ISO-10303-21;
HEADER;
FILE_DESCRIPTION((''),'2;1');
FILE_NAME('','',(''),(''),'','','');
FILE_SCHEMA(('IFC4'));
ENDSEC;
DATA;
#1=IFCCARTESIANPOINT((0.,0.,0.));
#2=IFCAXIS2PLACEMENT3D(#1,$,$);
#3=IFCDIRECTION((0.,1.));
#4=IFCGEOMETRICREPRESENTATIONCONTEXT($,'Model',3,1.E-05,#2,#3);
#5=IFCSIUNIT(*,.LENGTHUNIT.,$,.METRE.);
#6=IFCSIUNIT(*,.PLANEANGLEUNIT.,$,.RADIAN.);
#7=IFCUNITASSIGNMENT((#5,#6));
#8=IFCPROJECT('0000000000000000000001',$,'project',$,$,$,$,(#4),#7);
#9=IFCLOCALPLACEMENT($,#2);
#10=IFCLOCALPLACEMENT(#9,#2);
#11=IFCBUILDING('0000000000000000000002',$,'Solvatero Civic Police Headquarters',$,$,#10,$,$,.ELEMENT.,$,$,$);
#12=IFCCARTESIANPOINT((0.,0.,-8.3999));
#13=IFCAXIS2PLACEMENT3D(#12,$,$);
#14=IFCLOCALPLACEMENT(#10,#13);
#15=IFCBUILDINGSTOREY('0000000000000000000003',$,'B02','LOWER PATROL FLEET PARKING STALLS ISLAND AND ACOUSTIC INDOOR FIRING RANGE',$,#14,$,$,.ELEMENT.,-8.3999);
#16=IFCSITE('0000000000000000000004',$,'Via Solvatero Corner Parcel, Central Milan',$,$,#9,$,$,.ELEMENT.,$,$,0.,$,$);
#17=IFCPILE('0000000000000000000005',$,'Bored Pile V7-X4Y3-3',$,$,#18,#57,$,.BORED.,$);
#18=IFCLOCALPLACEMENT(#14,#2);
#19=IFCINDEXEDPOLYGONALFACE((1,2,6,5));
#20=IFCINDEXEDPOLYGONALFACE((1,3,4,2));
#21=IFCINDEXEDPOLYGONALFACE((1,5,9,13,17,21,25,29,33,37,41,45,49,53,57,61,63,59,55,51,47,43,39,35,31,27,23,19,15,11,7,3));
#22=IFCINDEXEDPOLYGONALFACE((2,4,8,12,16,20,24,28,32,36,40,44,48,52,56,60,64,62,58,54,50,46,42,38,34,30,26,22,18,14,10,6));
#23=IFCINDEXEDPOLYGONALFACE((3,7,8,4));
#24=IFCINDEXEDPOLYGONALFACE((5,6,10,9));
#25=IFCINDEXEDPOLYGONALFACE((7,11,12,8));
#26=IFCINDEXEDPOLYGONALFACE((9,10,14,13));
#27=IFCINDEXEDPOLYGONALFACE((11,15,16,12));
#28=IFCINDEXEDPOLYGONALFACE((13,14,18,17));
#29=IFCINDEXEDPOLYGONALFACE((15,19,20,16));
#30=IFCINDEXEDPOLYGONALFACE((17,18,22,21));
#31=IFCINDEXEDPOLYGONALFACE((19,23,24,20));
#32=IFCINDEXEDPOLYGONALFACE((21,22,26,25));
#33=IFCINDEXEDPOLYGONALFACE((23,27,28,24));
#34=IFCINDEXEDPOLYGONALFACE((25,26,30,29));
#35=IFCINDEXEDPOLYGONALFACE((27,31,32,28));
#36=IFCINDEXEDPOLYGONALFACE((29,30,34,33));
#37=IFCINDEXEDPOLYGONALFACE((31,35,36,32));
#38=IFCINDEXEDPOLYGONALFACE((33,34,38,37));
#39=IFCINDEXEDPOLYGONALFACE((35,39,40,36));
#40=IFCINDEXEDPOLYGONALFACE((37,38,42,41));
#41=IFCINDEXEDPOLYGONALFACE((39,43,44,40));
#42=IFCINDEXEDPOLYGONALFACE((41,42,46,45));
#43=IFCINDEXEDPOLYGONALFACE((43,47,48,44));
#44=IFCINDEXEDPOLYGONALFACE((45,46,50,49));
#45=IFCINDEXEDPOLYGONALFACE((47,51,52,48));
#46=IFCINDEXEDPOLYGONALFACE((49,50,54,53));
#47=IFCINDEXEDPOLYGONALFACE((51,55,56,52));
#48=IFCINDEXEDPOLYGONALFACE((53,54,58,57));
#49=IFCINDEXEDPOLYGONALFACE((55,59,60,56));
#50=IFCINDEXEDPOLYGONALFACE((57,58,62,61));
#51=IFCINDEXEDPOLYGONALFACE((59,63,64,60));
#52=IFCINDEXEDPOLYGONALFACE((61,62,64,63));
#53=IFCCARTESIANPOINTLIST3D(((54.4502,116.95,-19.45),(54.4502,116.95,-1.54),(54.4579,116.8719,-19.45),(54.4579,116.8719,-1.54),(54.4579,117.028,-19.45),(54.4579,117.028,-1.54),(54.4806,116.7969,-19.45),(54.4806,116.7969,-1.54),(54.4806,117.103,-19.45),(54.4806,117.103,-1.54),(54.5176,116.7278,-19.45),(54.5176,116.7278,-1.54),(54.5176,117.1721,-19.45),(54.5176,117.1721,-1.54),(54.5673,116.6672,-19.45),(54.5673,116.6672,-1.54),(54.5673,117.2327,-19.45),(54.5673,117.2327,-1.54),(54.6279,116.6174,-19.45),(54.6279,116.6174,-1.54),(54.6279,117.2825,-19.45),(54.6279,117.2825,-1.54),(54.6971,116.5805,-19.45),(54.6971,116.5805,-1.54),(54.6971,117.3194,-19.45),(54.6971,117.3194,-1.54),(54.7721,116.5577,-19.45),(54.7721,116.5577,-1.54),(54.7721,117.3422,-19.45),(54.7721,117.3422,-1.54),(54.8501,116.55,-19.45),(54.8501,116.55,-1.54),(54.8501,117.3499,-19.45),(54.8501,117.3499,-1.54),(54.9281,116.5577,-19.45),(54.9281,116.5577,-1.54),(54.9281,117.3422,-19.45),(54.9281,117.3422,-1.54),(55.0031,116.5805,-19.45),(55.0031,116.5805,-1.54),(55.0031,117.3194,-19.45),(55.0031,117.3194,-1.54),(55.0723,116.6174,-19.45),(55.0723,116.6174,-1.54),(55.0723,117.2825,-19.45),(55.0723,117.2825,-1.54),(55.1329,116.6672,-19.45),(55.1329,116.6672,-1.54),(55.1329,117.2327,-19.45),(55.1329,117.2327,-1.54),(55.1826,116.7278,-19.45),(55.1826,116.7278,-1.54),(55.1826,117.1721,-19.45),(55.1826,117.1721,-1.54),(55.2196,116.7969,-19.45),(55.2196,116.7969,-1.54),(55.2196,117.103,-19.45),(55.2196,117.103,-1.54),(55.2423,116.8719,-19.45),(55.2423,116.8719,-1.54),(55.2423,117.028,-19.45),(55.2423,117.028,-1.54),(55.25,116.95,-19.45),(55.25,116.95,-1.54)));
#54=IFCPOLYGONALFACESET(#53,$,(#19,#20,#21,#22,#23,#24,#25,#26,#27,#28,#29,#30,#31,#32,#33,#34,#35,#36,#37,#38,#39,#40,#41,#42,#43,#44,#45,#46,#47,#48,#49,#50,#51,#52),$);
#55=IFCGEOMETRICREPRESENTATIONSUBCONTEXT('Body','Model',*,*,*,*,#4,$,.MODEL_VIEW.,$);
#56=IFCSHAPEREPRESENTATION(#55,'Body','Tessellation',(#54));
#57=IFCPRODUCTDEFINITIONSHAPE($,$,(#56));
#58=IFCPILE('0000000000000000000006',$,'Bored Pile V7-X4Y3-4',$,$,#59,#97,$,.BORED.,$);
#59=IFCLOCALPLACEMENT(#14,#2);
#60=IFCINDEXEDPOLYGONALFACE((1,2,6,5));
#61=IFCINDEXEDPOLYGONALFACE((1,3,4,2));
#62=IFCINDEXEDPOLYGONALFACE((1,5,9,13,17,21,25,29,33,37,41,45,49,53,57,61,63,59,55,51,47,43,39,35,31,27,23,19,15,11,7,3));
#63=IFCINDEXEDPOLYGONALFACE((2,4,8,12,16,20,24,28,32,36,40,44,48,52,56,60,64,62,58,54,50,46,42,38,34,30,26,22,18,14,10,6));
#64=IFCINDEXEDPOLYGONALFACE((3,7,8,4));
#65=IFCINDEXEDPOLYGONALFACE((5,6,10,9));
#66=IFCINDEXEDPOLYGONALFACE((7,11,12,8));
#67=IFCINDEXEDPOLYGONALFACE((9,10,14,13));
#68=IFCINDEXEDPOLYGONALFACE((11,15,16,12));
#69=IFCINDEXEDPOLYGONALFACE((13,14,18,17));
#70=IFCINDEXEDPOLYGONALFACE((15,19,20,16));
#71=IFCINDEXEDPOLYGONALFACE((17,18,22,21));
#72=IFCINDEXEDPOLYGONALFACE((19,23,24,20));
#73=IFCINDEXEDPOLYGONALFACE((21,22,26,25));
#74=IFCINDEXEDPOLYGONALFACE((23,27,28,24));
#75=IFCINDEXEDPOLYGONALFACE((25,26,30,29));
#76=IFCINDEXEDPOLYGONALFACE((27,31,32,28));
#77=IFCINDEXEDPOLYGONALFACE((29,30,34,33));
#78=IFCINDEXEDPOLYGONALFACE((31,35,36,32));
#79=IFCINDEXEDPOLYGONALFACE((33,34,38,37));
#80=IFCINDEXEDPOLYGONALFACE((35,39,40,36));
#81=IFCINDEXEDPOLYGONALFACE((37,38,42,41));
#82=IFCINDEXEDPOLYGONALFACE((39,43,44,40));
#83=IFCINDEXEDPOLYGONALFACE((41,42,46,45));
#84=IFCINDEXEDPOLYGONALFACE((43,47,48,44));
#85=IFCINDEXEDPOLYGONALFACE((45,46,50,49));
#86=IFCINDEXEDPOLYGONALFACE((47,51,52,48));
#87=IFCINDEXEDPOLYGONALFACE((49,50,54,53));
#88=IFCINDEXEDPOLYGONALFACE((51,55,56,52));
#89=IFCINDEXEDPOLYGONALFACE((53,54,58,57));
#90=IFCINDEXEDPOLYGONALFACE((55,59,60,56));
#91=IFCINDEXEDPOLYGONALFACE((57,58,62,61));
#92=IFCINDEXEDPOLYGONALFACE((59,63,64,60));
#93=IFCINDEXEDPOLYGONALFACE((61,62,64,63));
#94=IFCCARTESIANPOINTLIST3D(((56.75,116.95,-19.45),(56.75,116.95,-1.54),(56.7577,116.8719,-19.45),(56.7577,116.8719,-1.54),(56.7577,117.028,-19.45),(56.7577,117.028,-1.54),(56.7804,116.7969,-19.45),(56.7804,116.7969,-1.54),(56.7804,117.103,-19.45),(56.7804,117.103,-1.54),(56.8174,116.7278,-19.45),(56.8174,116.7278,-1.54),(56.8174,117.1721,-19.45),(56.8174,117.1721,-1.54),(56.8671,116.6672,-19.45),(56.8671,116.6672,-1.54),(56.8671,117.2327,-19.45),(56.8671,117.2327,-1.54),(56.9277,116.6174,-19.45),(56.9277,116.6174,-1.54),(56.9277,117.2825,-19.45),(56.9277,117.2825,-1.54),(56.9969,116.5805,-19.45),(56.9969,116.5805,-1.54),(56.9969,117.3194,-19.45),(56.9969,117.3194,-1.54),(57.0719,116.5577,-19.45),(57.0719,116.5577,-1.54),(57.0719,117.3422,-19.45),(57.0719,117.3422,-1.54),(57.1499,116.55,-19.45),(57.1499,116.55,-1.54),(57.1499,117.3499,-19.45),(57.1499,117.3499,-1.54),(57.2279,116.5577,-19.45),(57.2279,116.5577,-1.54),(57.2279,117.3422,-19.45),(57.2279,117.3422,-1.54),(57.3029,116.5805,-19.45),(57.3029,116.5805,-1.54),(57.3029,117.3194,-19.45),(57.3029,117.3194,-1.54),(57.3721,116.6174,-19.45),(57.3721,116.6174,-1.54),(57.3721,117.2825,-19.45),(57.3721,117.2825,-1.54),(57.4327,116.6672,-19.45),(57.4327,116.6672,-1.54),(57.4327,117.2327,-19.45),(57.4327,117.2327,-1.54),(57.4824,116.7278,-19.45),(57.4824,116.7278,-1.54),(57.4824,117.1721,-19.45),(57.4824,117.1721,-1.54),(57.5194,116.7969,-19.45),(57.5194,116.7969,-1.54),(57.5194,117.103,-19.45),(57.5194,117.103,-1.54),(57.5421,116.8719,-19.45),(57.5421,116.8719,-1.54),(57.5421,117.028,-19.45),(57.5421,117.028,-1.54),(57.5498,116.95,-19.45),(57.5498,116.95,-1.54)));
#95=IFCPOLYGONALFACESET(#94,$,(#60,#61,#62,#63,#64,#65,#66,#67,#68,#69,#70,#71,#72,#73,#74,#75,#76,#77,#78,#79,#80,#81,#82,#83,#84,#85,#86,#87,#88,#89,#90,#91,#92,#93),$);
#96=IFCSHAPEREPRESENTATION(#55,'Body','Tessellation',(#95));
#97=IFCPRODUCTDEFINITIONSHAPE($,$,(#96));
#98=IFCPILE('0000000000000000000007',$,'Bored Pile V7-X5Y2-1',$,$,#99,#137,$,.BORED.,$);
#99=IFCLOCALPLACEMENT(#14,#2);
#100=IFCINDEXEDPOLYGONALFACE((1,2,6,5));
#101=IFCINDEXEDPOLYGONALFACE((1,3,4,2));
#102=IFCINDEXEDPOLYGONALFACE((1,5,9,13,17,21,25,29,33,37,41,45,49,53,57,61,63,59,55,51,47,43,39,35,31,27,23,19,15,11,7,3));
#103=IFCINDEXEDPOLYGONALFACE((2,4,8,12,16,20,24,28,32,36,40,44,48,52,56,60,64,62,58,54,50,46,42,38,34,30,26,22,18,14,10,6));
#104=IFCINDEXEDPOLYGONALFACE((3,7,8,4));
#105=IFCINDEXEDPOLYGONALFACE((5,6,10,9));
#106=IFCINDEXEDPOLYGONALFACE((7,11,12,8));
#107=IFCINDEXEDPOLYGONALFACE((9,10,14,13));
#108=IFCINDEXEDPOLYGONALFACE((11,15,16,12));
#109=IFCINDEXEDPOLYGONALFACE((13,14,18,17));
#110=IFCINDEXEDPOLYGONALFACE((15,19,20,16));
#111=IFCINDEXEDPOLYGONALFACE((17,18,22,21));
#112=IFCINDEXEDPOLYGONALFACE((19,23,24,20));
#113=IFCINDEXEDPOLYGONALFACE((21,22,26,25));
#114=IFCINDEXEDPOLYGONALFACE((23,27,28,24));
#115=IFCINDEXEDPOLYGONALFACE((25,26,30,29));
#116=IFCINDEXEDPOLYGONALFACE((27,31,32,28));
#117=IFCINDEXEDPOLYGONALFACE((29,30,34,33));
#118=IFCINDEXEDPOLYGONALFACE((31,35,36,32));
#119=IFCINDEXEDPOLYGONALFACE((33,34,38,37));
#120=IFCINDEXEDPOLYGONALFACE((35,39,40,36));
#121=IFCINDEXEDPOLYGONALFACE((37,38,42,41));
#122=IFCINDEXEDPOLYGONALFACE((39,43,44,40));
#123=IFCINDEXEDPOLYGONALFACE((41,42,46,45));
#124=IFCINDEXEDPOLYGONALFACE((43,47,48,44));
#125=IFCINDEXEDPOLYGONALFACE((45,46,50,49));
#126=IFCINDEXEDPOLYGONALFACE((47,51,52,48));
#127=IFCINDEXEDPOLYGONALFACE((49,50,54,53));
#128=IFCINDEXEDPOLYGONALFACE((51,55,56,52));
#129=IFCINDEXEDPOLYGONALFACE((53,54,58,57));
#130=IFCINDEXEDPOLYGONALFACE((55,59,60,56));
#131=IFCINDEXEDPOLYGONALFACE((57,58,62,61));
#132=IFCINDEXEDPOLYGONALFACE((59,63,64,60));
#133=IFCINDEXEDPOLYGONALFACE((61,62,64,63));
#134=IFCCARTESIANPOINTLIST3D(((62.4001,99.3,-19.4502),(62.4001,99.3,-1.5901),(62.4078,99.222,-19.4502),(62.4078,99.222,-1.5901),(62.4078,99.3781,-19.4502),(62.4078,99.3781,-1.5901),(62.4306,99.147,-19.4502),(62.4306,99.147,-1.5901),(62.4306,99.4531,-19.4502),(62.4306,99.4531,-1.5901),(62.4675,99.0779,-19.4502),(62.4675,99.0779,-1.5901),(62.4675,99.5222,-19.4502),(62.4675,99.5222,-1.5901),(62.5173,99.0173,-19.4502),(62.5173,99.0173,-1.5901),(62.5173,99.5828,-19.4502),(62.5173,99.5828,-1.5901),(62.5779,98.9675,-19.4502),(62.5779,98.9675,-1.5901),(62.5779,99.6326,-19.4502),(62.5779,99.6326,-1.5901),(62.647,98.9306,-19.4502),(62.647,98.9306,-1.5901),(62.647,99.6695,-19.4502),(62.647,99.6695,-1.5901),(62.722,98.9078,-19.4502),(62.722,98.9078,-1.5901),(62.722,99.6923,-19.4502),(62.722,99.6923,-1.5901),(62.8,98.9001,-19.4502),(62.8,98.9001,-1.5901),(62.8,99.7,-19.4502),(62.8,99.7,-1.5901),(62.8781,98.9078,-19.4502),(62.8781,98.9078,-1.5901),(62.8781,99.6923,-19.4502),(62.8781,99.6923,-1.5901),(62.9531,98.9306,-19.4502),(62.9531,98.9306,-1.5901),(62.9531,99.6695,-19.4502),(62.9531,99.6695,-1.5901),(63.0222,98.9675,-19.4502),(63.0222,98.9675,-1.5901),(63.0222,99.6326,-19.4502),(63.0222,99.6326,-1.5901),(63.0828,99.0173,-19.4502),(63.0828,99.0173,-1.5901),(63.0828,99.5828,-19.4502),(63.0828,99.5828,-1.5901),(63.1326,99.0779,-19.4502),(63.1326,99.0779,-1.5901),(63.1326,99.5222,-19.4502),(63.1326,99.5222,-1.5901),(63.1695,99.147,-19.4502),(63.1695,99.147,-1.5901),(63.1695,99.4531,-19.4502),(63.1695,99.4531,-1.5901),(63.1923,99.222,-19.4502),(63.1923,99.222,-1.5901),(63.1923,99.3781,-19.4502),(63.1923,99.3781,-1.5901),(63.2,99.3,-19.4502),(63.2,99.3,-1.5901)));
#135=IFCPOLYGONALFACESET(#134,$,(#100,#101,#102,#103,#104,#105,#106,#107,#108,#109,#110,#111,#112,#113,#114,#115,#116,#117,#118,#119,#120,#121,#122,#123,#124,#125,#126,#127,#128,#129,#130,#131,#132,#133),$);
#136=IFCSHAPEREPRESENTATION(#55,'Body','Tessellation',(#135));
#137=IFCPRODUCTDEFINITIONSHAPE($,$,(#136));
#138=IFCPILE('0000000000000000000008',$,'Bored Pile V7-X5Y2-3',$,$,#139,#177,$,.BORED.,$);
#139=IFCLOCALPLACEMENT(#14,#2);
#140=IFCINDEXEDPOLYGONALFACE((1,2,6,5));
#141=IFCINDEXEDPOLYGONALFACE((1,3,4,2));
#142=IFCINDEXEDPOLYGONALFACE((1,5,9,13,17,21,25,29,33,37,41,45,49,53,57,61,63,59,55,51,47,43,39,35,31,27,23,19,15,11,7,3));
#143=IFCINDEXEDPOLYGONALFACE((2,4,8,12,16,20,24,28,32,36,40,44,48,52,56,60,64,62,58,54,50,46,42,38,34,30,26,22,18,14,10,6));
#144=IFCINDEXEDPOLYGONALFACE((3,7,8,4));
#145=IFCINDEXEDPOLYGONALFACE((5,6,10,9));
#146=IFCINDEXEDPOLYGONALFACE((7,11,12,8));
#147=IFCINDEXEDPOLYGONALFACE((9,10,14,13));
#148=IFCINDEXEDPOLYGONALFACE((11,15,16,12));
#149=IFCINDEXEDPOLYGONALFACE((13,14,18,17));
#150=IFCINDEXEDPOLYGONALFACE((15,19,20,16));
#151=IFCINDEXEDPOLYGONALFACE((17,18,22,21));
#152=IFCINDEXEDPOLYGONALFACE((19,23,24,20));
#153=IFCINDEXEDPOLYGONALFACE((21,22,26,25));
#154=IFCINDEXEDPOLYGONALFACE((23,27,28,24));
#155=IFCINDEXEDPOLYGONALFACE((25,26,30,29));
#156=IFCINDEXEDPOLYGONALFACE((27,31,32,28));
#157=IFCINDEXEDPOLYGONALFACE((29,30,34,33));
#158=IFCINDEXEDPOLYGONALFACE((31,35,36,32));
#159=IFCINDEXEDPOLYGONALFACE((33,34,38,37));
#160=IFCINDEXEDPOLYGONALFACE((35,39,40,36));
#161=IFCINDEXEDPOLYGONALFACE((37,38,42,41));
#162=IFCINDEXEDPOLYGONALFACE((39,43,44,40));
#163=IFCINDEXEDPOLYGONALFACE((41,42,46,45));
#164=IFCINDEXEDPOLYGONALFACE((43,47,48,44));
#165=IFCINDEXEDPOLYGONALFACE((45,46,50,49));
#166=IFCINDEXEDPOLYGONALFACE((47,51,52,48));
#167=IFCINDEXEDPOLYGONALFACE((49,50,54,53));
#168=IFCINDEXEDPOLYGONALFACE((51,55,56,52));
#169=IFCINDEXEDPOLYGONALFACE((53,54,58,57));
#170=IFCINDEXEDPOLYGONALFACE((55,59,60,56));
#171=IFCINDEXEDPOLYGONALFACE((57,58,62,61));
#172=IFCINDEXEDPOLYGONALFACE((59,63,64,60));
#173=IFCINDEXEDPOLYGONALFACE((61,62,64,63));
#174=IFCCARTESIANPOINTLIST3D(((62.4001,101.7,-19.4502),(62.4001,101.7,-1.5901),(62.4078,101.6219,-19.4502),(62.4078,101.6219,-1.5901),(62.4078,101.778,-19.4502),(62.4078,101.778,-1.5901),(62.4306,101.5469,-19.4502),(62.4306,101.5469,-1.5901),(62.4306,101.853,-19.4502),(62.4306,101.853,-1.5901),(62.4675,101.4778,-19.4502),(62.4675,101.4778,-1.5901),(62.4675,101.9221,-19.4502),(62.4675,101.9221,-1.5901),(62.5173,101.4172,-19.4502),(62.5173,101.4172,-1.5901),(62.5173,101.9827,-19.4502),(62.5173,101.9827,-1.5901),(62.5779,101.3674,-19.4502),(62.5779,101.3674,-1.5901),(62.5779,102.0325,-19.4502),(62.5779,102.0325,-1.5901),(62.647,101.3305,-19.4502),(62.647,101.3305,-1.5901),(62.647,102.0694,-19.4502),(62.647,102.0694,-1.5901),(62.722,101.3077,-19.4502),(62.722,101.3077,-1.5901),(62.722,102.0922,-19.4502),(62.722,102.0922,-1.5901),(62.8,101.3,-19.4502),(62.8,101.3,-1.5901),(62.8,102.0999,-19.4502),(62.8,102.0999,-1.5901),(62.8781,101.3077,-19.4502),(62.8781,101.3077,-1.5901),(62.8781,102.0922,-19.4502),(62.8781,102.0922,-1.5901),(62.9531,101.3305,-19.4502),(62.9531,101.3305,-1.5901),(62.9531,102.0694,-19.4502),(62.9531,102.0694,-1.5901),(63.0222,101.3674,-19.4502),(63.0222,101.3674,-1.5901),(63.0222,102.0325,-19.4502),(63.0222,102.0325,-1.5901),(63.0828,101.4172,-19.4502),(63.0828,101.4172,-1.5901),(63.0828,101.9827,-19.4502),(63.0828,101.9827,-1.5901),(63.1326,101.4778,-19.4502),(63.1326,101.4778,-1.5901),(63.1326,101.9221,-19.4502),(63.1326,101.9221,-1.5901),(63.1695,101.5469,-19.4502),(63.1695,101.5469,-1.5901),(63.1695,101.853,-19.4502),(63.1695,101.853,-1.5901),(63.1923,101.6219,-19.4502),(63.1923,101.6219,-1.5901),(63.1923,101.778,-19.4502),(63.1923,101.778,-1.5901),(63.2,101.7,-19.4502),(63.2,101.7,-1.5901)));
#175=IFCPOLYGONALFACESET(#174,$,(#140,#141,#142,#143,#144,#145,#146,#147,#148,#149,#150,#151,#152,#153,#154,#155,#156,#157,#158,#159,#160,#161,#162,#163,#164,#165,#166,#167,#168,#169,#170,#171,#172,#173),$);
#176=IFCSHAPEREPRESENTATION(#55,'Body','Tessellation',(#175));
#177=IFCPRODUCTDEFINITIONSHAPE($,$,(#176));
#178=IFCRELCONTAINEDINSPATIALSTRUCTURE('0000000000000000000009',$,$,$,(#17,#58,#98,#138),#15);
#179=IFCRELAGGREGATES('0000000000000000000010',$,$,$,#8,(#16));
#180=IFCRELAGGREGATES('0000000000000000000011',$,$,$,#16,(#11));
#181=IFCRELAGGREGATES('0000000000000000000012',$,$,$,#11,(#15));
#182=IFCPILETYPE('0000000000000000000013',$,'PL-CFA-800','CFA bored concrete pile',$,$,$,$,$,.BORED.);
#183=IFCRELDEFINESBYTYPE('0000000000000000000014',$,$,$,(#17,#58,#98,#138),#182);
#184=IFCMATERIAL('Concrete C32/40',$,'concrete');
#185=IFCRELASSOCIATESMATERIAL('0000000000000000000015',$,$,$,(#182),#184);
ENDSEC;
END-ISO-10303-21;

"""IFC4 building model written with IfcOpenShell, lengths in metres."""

from ifc_helpers import new_model, si_unit, direction, frame, origin, origin_2d, place, context, subcontext, project, spatial, circle, extrude, material, material_profile, profile_set, type_object, element, save


model = new_model("IFC4")

# Units and contexts
model_context = context("Model", 3, precision=1e-05, world=origin(), true_north=direction((0.0, 1.0)))
body_context = subcontext(model_context, "Body", "Model", "MODEL_VIEW")
ifc_project = project(units=[si_unit("LENGTHUNIT", "METRE"), si_unit("PLANEANGLEUNIT", "RADIAN")], contexts=[model_context])

# Site, building, storey
site_placement = place(None, origin())
site = spatial("IfcSite", under=ifc_project, at=site_placement, Name="Via Solvatero Corner Parcel, Central Milan", CompositionType="ELEMENT", RefElevation=0.0)
building_placement = place(site_placement, origin())
building = spatial("IfcBuilding", under=site, at=building_placement, Name="Solvatero Civic Police Headquarters", CompositionType="ELEMENT")
storey_placement = place(building_placement, frame((0.0, 0.0, -8.3999)))
storey = spatial("IfcBuildingStorey", under=building, at=storey_placement, Name="B02", Description="LOWER PATROL FLEET PARKING STALLS ISLAND AND ACOUSTIC INDOOR FIRING RANGE", CompositionType="ELEMENT", Elevation=-8.3999)

# Piles
ifc_material_1 = material(Name="Concrete C32/40", Category="concrete")
ifc_material_profile_1 = material_profile(ifc_material_1, circle(Radius=0.3999, at=origin_2d()), Name="CFA PILE D800")
ifc_profile_set_1 = profile_set([ifc_material_profile_1], Name="Concrete C32/40")
pile_type = type_object("IfcPileType", Name="PL-CFA-800", Description="CFA bored concrete pile", PredefinedType="BORED", material=ifc_profile_set_1)
for number, where, z_axis, x_axis, name in (
    (1, (54.8501, 116.95, -1.54), (0.0, 0.0, -1.0), (1.0, 0.0, 0.0), "Bored Pile V7-X4Y3-3"),
    (2, (57.1499, 116.95, -1.54), (0.0, 0.0, -1.0), (1.0, 0.0, 0.0), "Bored Pile V7-X4Y3-4"),
):
    element("IfcPile", number, at=place(storey_placement, frame(where, z_axis=z_axis, x_axis=x_axis)), inside=storey, type_object=pile_type, Name=name, PredefinedType="BORED", context=body_context, shape_type="SweptSolid", body=[
        extrude(circle(Radius=0.3999, at=origin_2d()), origin(), (0.0, 0.0, 1.0), 17.9099),
    ])
for number, where, z_axis, x_axis, name in (
    (3, (62.8, 99.3, -1.5901), (0.0, 0.0, -1.0), (1.0, 0.0, 0.0), "Bored Pile V7-X5Y2-1"),
    (4, (62.8, 101.7, -1.5901), (0.0, 0.0, -1.0), (1.0, 0.0, 0.0), "Bored Pile V7-X5Y2-3"),
):
    element("IfcPile", number, at=place(storey_placement, frame(where, z_axis=z_axis, x_axis=x_axis)), inside=storey, type_object=pile_type, Name=name, PredefinedType="BORED", context=body_context, shape_type="SweptSolid", body=[
        extrude(circle(Radius=0.3999, at=origin_2d()), origin(), (0.0, 0.0, 1.0), 17.8601),
    ])

save(model, "model.ifc")
